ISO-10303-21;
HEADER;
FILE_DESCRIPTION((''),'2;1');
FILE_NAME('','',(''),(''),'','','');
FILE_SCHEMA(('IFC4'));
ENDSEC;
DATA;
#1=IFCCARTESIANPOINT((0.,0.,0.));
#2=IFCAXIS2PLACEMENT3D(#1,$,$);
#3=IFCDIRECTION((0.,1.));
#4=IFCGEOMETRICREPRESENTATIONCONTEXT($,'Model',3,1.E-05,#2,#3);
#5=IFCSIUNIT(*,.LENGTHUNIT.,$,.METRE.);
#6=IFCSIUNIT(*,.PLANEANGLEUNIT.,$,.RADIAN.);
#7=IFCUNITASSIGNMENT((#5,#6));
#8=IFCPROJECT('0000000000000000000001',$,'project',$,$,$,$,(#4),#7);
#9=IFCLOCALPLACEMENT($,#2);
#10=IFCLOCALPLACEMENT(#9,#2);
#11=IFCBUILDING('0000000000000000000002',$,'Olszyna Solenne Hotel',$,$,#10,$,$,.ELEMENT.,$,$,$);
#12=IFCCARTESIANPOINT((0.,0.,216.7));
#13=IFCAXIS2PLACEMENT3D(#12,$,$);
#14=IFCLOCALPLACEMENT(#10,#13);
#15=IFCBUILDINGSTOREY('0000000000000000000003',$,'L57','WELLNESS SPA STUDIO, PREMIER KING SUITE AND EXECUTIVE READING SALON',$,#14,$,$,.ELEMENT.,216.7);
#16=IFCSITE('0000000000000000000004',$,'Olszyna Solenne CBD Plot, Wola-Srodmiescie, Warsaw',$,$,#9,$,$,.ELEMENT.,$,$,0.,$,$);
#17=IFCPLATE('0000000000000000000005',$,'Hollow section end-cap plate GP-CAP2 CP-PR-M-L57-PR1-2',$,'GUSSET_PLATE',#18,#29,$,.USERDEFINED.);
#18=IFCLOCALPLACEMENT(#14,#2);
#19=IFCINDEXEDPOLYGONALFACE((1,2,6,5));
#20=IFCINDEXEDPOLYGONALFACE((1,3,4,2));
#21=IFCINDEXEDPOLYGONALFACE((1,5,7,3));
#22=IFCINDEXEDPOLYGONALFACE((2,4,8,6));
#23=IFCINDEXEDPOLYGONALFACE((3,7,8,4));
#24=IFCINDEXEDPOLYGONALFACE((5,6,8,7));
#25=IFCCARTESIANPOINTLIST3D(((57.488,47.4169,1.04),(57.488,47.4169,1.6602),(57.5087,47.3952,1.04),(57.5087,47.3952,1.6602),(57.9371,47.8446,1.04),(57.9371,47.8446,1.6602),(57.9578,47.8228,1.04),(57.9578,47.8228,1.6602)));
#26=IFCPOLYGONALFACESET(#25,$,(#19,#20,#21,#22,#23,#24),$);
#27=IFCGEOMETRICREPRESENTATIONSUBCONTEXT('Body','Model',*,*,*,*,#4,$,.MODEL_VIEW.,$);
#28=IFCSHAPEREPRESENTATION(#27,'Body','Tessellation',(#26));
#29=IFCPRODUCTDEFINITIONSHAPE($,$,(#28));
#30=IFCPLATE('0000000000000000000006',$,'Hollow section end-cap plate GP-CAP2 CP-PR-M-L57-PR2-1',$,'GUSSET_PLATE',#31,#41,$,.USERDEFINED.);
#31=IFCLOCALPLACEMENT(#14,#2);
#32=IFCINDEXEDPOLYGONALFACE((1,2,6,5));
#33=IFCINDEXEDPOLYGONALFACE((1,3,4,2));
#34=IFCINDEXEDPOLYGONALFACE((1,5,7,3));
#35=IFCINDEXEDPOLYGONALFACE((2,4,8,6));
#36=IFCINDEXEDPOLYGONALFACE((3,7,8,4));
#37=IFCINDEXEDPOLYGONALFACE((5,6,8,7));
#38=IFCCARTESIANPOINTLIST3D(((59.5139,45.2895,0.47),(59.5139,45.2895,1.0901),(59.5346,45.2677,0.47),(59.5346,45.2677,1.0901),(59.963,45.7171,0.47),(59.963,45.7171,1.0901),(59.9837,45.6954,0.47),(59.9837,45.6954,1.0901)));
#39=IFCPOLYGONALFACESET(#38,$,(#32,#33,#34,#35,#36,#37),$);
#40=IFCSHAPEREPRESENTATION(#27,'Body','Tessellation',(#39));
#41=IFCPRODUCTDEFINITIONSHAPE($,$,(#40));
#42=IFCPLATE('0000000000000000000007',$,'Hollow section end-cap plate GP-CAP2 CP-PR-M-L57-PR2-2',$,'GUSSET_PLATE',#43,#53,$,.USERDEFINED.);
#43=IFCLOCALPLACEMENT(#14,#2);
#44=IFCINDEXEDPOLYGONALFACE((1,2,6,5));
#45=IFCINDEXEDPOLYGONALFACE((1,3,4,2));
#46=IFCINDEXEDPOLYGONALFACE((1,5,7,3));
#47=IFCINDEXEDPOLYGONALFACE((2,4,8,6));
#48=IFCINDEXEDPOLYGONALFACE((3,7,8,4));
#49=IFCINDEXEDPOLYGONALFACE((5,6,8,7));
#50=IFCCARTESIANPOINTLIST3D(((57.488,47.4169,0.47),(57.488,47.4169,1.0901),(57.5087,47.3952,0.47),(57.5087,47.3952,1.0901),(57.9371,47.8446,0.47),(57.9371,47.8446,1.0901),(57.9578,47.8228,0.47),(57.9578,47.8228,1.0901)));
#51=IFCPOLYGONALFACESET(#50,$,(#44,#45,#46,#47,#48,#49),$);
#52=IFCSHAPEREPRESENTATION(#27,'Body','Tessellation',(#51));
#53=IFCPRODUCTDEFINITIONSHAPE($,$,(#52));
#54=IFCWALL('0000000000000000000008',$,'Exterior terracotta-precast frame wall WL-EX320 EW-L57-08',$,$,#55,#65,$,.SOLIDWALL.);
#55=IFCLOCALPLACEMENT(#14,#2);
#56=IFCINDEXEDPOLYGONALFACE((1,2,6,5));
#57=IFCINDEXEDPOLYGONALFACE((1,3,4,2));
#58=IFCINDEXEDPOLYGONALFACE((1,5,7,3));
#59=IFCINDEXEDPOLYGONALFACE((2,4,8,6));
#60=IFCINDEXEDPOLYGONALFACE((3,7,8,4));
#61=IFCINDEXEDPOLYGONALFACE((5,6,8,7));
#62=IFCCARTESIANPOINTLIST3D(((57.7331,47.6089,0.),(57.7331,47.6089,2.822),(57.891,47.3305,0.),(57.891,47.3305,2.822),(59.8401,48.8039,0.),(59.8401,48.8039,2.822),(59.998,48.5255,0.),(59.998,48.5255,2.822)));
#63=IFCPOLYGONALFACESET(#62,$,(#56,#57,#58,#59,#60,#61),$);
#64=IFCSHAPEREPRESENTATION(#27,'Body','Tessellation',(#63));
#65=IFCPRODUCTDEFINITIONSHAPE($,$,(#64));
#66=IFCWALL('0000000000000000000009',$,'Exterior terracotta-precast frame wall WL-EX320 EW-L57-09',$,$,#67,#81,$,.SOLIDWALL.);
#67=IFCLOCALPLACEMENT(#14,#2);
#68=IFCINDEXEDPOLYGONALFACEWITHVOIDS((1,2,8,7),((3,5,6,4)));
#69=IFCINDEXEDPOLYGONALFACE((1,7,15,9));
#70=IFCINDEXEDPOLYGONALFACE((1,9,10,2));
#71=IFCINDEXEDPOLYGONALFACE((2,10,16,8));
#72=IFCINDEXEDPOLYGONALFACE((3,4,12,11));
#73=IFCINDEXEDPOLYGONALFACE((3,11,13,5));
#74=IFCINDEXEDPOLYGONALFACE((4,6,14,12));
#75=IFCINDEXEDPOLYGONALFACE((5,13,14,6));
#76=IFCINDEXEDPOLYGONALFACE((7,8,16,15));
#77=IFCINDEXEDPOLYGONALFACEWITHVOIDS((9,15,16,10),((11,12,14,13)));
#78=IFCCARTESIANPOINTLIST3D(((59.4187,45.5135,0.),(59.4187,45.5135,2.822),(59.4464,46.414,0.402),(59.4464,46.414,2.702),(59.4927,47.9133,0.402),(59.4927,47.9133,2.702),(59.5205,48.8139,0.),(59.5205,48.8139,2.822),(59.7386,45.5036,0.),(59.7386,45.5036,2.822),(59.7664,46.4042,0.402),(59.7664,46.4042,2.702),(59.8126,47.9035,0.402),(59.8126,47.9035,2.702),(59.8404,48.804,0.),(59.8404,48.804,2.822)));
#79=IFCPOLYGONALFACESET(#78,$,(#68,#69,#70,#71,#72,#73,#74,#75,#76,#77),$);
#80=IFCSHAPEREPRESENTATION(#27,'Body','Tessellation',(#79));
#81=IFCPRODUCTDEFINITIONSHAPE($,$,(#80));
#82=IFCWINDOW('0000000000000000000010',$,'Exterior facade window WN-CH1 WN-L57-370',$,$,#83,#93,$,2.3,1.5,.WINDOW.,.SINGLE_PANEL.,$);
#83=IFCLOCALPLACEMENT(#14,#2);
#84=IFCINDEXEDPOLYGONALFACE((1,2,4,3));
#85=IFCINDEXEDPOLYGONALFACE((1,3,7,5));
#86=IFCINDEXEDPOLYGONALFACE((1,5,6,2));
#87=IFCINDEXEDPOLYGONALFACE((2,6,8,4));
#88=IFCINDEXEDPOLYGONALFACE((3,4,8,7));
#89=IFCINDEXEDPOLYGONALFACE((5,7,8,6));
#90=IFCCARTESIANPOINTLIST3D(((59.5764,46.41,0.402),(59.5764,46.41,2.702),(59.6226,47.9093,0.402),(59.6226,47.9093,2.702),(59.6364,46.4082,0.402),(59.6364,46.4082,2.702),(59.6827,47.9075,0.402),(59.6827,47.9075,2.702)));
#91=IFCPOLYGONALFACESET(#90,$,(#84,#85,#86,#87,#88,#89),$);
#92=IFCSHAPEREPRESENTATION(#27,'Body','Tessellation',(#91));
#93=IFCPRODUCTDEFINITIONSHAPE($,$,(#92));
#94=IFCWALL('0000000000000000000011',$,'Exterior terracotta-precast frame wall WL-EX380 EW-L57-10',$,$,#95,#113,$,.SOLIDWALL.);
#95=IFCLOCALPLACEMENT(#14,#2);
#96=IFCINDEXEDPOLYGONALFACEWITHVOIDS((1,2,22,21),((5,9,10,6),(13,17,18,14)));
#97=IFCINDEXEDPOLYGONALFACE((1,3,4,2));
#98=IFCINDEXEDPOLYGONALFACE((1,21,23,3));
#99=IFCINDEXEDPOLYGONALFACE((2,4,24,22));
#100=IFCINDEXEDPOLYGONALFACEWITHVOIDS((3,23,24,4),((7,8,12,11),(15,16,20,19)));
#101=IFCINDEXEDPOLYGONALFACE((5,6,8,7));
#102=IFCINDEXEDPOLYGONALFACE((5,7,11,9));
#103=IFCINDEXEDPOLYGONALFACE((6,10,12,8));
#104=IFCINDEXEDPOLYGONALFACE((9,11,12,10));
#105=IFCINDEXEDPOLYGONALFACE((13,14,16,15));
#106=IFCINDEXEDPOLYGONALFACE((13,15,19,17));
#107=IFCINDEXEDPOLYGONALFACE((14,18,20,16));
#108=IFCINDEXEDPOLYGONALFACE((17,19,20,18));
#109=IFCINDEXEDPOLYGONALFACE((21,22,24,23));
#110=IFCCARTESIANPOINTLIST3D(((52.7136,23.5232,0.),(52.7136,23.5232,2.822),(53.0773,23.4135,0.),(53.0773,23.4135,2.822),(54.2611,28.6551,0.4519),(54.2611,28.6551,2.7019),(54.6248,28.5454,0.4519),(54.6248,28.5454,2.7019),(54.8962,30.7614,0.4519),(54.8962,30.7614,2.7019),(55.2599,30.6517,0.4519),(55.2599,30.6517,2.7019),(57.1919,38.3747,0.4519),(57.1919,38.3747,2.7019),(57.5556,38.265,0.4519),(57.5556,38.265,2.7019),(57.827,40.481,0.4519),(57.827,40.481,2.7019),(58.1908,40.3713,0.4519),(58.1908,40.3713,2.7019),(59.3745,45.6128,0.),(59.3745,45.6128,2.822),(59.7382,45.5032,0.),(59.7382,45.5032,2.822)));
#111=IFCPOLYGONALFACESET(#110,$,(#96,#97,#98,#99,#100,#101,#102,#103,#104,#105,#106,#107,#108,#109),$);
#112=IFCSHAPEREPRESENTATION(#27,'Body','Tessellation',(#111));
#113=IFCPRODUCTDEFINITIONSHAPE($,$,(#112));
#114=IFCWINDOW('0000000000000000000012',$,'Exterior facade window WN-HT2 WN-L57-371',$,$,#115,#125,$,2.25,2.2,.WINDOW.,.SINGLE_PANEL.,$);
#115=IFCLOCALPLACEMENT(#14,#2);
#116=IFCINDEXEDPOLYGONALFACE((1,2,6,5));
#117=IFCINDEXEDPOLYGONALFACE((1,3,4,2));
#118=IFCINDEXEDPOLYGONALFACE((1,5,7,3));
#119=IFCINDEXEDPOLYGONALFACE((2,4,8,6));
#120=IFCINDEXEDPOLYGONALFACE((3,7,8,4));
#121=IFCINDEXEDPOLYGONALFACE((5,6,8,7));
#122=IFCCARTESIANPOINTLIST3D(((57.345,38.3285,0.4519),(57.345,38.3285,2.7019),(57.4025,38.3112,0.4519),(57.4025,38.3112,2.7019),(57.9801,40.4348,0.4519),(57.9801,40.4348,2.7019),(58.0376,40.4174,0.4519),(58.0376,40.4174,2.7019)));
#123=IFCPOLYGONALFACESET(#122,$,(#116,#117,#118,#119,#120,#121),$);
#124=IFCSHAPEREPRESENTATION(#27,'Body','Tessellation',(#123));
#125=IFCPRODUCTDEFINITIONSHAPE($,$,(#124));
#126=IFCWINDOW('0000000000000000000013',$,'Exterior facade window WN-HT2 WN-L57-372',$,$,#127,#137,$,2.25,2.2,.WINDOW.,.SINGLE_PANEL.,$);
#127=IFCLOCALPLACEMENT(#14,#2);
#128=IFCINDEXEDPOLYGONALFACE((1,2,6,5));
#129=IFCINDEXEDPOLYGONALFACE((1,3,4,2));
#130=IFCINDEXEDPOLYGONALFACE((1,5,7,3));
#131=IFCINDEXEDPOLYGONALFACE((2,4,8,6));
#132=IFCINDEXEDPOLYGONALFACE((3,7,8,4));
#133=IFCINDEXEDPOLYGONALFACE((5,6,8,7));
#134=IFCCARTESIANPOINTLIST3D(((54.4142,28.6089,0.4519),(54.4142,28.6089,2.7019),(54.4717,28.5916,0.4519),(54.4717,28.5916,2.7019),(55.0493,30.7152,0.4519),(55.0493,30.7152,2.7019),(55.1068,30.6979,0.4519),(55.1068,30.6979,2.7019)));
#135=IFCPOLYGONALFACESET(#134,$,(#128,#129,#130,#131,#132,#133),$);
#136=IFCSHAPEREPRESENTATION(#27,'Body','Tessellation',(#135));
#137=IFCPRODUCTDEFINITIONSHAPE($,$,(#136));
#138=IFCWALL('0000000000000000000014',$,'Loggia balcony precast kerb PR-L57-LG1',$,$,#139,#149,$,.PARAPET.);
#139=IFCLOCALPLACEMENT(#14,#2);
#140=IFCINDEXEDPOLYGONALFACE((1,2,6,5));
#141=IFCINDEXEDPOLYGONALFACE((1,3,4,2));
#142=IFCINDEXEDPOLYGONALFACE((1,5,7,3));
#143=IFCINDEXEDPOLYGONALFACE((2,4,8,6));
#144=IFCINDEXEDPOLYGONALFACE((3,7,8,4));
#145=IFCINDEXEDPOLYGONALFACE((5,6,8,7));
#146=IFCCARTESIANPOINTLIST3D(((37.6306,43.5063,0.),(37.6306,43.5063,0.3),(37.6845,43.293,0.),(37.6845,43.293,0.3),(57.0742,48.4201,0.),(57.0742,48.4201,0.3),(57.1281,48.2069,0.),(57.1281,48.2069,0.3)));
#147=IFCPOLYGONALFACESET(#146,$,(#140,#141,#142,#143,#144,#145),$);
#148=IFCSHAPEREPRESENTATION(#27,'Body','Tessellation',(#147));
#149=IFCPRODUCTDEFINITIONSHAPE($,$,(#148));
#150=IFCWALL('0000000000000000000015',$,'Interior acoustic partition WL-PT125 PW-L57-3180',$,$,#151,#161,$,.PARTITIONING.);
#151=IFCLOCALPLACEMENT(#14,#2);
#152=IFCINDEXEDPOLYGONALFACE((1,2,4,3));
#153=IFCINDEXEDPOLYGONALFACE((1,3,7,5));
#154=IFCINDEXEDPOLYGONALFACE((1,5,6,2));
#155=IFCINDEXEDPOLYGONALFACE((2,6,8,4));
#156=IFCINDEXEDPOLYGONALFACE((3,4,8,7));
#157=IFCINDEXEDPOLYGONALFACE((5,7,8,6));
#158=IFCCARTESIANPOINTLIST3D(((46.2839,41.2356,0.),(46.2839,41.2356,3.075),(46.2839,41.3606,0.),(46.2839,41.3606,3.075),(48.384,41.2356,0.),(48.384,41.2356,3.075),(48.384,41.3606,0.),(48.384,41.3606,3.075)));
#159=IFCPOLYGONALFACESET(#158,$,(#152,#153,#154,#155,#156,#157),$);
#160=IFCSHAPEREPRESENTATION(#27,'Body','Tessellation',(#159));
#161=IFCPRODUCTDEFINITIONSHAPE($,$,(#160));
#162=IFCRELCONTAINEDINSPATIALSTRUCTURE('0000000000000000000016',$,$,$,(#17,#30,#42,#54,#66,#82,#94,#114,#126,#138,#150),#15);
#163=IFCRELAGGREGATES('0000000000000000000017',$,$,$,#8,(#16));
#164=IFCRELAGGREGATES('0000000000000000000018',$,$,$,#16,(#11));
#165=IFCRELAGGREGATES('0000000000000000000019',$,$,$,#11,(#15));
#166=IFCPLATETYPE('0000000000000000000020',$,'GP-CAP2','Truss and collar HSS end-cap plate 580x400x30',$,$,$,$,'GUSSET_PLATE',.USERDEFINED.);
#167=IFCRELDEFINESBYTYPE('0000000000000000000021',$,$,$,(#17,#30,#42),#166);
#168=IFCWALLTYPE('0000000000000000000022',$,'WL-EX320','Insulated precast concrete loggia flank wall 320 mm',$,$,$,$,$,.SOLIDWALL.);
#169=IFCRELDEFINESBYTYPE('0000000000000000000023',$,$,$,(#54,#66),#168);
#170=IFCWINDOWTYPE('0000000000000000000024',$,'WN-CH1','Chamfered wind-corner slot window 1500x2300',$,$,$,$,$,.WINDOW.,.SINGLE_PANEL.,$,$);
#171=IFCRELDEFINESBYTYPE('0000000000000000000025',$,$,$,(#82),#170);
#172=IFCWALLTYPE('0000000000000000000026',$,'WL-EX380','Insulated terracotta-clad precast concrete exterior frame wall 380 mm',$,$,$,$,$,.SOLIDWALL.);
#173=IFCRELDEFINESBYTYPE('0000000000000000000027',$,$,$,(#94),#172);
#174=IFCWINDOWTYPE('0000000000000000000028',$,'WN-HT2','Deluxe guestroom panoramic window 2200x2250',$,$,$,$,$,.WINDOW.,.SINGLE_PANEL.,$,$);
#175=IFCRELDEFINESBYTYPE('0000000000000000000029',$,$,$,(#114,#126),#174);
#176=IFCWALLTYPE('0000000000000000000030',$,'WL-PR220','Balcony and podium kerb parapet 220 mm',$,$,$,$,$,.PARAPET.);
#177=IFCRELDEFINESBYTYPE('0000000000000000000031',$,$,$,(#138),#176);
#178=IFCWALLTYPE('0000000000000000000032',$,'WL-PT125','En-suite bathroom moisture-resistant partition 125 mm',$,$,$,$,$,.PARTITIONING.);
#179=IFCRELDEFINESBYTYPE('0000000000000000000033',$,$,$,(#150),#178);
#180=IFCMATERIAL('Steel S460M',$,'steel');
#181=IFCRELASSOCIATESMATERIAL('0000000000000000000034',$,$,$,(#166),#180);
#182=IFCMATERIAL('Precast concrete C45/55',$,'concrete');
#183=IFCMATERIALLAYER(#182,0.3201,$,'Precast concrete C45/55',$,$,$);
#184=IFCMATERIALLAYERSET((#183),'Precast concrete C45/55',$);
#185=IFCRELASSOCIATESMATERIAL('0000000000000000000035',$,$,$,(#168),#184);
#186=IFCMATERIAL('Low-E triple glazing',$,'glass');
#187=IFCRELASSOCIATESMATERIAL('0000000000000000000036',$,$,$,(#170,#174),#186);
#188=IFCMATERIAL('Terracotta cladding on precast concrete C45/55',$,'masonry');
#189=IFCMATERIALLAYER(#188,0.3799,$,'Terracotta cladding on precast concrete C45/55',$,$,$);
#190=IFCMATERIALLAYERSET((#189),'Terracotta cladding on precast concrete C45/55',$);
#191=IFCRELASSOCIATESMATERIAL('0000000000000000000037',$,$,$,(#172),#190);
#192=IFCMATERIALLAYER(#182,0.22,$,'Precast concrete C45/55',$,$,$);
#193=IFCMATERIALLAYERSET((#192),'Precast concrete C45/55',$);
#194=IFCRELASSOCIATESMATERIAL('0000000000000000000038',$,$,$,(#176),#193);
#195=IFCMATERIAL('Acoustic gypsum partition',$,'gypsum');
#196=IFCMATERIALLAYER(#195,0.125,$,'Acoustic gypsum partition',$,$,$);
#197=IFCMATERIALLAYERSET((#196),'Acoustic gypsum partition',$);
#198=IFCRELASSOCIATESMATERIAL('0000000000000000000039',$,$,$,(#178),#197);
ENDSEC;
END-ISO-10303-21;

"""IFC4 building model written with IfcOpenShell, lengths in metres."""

from ifc_helpers import new_model, si_unit, direction, frame, frame_2d, origin, origin_2d, place, context, subcontext, project, spatial, rectangle, extrude, source, transform, mapped, material, layer, layer_set, type_object, type_shapes, element, fill, save


model = new_model("IFC4")

# Units and contexts
model_context = context("Model", 3, precision=1e-05, world=origin(), true_north=direction((0.0, 1.0)))
body_context = subcontext(model_context, "Body", "Model", "MODEL_VIEW")
ifc_project = project(units=[si_unit("LENGTHUNIT", "METRE"), si_unit("PLANEANGLEUNIT", "RADIAN")], contexts=[model_context])

# Site, building, storey
site_placement = place(None, origin())
site = spatial("IfcSite", under=ifc_project, at=site_placement, Name="Olszyna Solenne CBD Plot, Wola-Srodmiescie, Warsaw", CompositionType="ELEMENT", RefElevation=0.0)
building_placement = place(site_placement, origin())
building = spatial("IfcBuilding", under=site, at=building_placement, Name="Olszyna Solenne Hotel", CompositionType="ELEMENT")
storey_placement = place(building_placement, frame((0.0, 0.0, 216.7)))
storey = spatial("IfcBuildingStorey", under=building, at=storey_placement, Name="L57", Description="WELLNESS SPA STUDIO, PREMIER KING SUITE AND EXECUTIVE READING SALON", CompositionType="ELEMENT", Elevation=216.7)

# Shared definitions
ifc_material_1 = material(Name="Steel S460M", Category="steel")

# Plates
plate_type = type_object("IfcPlateType", Name="GP-CAP2", Description="Truss and collar HSS end-cap plate 580x400x30", ElementType="GUSSET_PLATE", PredefinedType="USERDEFINED", material=ifc_material_1)
shared_shape_1 = source(origin(), body_context, "Body", "SweptSolid", [
    extrude(rectangle(XDim=0.03, YDim=0.6201, at=origin_2d()), origin(), (0.0, 0.0, 1.0), 0.6201),
])
for number, where, z_axis, x_axis, name in (
    (1, (57.7229, 47.6199, 1.04), (0.0, 0.0, 1.0), (-0.68962, 0.724172, 0.0), "Hollow section end-cap plate GP-CAP2 CP-PR-M-L57-PR1-2"),
    (2, (59.7488, 45.4924, 0.47), (0.0, 0.0, 1.0), (-0.68962, 0.724172, 0.0), "Hollow section end-cap plate GP-CAP2 CP-PR-M-L57-PR2-1"),
    (3, (57.7229, 47.6199, 0.47), (0.0, 0.0, 1.0), (-0.68962, 0.724172, 0.0), "Hollow section end-cap plate GP-CAP2 CP-PR-M-L57-PR2-2"),
):
    element("IfcPlate", number, at=place(storey_placement, frame(where, z_axis=z_axis, x_axis=x_axis)), inside=storey, type_object=plate_type, Name=name, ObjectType="GUSSET_PLATE", PredefinedType="USERDEFINED", context=body_context, shape_type="MappedRepresentation", body=[
        mapped(shared_shape_1, transform((0.0, 0.0, 0.0), x_axis=(1.0, 0.0, 0.0), y_axis=(0.0, 1.0, 0.0), z_axis=(0.0, 0.0, 1.0), scale=1.0)),
    ])

# Wall
ifc_material_2 = material(Name="Precast concrete C45/55", Category="concrete")
ifc_layer_1 = layer(ifc_material_2, 0.3201, Name="Precast concrete C45/55")
ifc_layer_set_1 = layer_set([ifc_layer_1], Name="Precast concrete C45/55")
wall_type_1 = type_object("IfcWallType", Name="WL-EX320", Description="Insulated precast concrete loggia flank wall 320 mm", PredefinedType="SOLIDWALL", material=ifc_layer_set_1)
wall_1_placement = place(storey_placement, frame((57.812, 47.4697, 0.0), z_axis=(0.0, 0.0, 1.0), x_axis=(0.869845, 0.493325, 0.0)))
element("IfcWall", 4, at=wall_1_placement, inside=storey, type_object=wall_type_1, Name="Exterior terracotta-precast frame wall WL-EX320 EW-L57-08", PredefinedType="SOLIDWALL", context=body_context, shape_type="SweptSolid", body=[
    extrude(rectangle(XDim=2.4224, YDim=0.3201, at=frame_2d((1.2112, 0.0))), origin(), (0.0, 0.0, 1.0), 2.822),
])

# Wall, opening, window
wall_2_placement = place(storey_placement, frame((59.6804, 48.8088, 0.0), z_axis=(0.0, 0.0, 1.0), x_axis=(-0.030831, -0.999525, 0.0)))
wall_2 = element("IfcWall", 5, at=wall_2_placement, inside=storey, type_object=wall_type_1, Name="Exterior terracotta-precast frame wall WL-EX320 EW-L57-09", PredefinedType="SOLIDWALL", context=body_context, shape_type="SweptSolid", body=[
    extrude(rectangle(XDim=3.302, YDim=0.3201, at=frame_2d((1.6509, 0.0))), origin(), (0.0, 0.0, 1.0), 2.822),
])
opening_1_placement = place(wall_2_placement, frame((0.9009, 0.0, 0.4021)))
opening_1 = element("IfcOpeningElement", 6, at=opening_1_placement, cuts=wall_2, PredefinedType="OPENING", context=body_context, shape_type="SweptSolid", body=[
    extrude(rectangle(XDim=1.5, YDim=2.3, at=frame_2d((0.75, 1.1499))), frame((0.0, 0.1699, 0.0), z_axis=(0.0, -1.0, 0.0), x_axis=(1.0, 0.0, 0.0)), (0.0, 0.0, 1.0), 0.3401),
])
ifc_material_3 = material(Name="Low-E triple glazing", Category="glass")
window_type_1 = type_object("IfcWindowType", Name="WN-CH1", Description="Chamfered wind-corner slot window 1500x2300", PartitioningType="SINGLE_PANEL", PredefinedType="WINDOW", material=ifc_material_3)
shared_shape_2 = source(origin(), body_context, "Body", "SweptSolid", [
    extrude(rectangle(XDim=1.5, YDim=2.3, at=frame_2d((0.75, 1.1499))), frame((0.0, 0.03, 0.0), z_axis=(0.0, -1.0, 0.0), x_axis=(1.0, 0.0, 0.0)), (0.0, 0.0, 1.0), 0.0601),
])
type_shapes(window_type_1, [shared_shape_2])
window_1_placement = place(opening_1_placement, origin())
window_1 = element("IfcWindow", 7, at=window_1_placement, inside=storey, type_object=window_type_1, Name="Exterior facade window WN-CH1 WN-L57-370", OverallHeight=2.3, OverallWidth=1.5, PartitioningType="SINGLE_PANEL", PredefinedType="WINDOW", context=body_context, shape_type="MappedRepresentation", body=[
    mapped(shared_shape_2, transform((0.0, 0.0, 0.0), x_axis=(1.0, 0.0, 0.0), y_axis=(0.0, 1.0, 0.0), z_axis=(0.0, 0.0, 1.0), scale=1.0)),
])
fill(opening_1, window_1)

# Wall, openings, windows
ifc_material_4 = material(Name="Terracotta cladding on precast concrete C45/55", Category="masonry")
ifc_layer_2 = layer(ifc_material_4, 0.3799, Name="Terracotta cladding on precast concrete C45/55")
ifc_layer_set_2 = layer_set([ifc_layer_2], Name="Terracotta cladding on precast concrete C45/55")
wall_type_2 = type_object("IfcWallType", Name="WL-EX380", Description="Insulated terracotta-clad precast concrete exterior frame wall 380 mm", PredefinedType="SOLIDWALL", material=ifc_layer_set_2)
wall_3_placement = place(storey_placement, frame((59.5564, 45.5581, 0.0), z_axis=(0.0, 0.0, 1.0), x_axis=(-0.2887, -0.95742, 0.0)))
wall_3 = element("IfcWall", 8, at=wall_3_placement, inside=storey, type_object=wall_type_2, Name="Exterior terracotta-precast frame wall WL-EX380 EW-L57-10", PredefinedType="SOLIDWALL", context=body_context, shape_type="SweptSolid", body=[
    extrude(rectangle(XDim=23.072, YDim=0.3799, at=frame_2d((11.5361, 0.0))), origin(), (0.0, 0.0, 1.0), 2.822),
])
opening_2_placement = place(wall_3_placement, frame((5.3601, 0.0, 0.4519)))
opening_2 = element("IfcOpeningElement", 9, at=opening_2_placement, cuts=wall_3, PredefinedType="OPENING", context=body_context, shape_type="SweptSolid", body=[
    extrude(rectangle(XDim=2.2, YDim=2.25, at=frame_2d((1.1001, 1.125))), frame((0.0, 0.2, 0.0), z_axis=(0.0, -1.0, 0.0), x_axis=(1.0, 0.0, 0.0)), (0.0, 0.0, 1.0), 0.3999),
])
opening_3_placement = place(wall_3_placement, frame((15.512, 0.0, 0.4519)))
opening_3 = element("IfcOpeningElement", 10, at=opening_3_placement, cuts=wall_3, PredefinedType="OPENING", context=body_context, shape_type="SweptSolid", body=[
    extrude(rectangle(XDim=2.2, YDim=2.25, at=frame_2d((1.1001, 1.125))), frame((0.0, 0.2, 0.0), z_axis=(0.0, -1.0, 0.0), x_axis=(1.0, 0.0, 0.0)), (0.0, 0.0, 1.0), 0.3999),
])
window_type_2 = type_object("IfcWindowType", Name="WN-HT2", Description="Deluxe guestroom panoramic window 2200x2250", PartitioningType="SINGLE_PANEL", PredefinedType="WINDOW", material=ifc_material_3)
shared_shape_3 = source(origin(), body_context, "Body", "SweptSolid", [
    extrude(rectangle(XDim=2.2, YDim=2.25, at=frame_2d((1.1001, 1.125))), frame((0.0, 0.03, 0.0), z_axis=(0.0, -1.0, 0.0), x_axis=(1.0, 0.0, 0.0)), (0.0, 0.0, 1.0), 0.0601),
])
type_shapes(window_type_2, [shared_shape_3])
window_2_placement = place(opening_2_placement, origin())
window_2 = element("IfcWindow", 11, at=window_2_placement, inside=storey, type_object=window_type_2, Name="Exterior facade window WN-HT2 WN-L57-371", OverallHeight=2.25, OverallWidth=2.2, PartitioningType="SINGLE_PANEL", PredefinedType="WINDOW", context=body_context, shape_type="MappedRepresentation", body=[
    mapped(shared_shape_3, transform((0.0, 0.0, 0.0), x_axis=(1.0, 0.0, 0.0), y_axis=(0.0, 1.0, 0.0), z_axis=(0.0, 0.0, 1.0), scale=1.0)),
])
fill(opening_2, window_2)
window_3_placement = place(opening_3_placement, origin())
window_3 = element("IfcWindow", 12, at=window_3_placement, inside=storey, type_object=window_type_2, Name="Exterior facade window WN-HT2 WN-L57-372", OverallHeight=2.25, OverallWidth=2.2, PartitioningType="SINGLE_PANEL", PredefinedType="WINDOW", context=body_context, shape_type="MappedRepresentation", body=[
    mapped(shared_shape_3, transform((0.0, 0.0, 0.0), x_axis=(1.0, 0.0, 0.0), y_axis=(0.0, 1.0, 0.0), z_axis=(0.0, 0.0, 1.0), scale=1.0)),
])
fill(opening_3, window_3)

# Walls
ifc_layer_3 = layer(ifc_material_2, 0.22, Name="Precast concrete C45/55")
ifc_layer_set_3 = layer_set([ifc_layer_3], Name="Precast concrete C45/55")
wall_type_3 = type_object("IfcWallType", Name="WL-PR220", Description="Balcony and podium kerb parapet 220 mm", PredefinedType="PARAPET", material=ifc_layer_set_3)
wall_4_placement = place(storey_placement, frame((57.1011, 48.3135, 0.0), z_axis=(0.0, 0.0, 1.0), x_axis=(-0.969518, -0.245018, 0.0)))
element("IfcWall", 13, at=wall_4_placement, inside=storey, type_object=wall_type_3, Name="Loggia balcony precast kerb PR-L57-LG1", PredefinedType="PARAPET", context=body_context, shape_type="SweptSolid", body=[
    extrude(rectangle(XDim=20.0549, YDim=0.22, at=frame_2d((10.0273, 0.0))), origin(), (0.0, 0.0, 1.0), 0.3),
])
ifc_material_5 = material(Name="Acoustic gypsum partition", Category="gypsum")
ifc_layer_4 = layer(ifc_material_5, 0.125, Name="Acoustic gypsum partition")
ifc_layer_set_4 = layer_set([ifc_layer_4], Name="Acoustic gypsum partition")
wall_type_4 = type_object("IfcWallType", Name="WL-PT125", Description="En-suite bathroom moisture-resistant partition 125 mm", PredefinedType="PARTITIONING", material=ifc_layer_set_4)
wall_5_placement = place(storey_placement, frame((48.384, 41.2981, 0.0), z_axis=(0.0, 0.0, 1.0), x_axis=(-1.0, 0.0, 0.0)))
element("IfcWall", 14, at=wall_5_placement, inside=storey, type_object=wall_type_4, Name="Interior acoustic partition WL-PT125 PW-L57-3180", PredefinedType="PARTITIONING", context=body_context, shape_type="SweptSolid", body=[
    extrude(rectangle(XDim=2.1001, YDim=0.125, at=frame_2d((1.05, 0.0))), origin(), (0.0, 0.0, 1.0), 3.075),
])

save(model, "model.ifc")
